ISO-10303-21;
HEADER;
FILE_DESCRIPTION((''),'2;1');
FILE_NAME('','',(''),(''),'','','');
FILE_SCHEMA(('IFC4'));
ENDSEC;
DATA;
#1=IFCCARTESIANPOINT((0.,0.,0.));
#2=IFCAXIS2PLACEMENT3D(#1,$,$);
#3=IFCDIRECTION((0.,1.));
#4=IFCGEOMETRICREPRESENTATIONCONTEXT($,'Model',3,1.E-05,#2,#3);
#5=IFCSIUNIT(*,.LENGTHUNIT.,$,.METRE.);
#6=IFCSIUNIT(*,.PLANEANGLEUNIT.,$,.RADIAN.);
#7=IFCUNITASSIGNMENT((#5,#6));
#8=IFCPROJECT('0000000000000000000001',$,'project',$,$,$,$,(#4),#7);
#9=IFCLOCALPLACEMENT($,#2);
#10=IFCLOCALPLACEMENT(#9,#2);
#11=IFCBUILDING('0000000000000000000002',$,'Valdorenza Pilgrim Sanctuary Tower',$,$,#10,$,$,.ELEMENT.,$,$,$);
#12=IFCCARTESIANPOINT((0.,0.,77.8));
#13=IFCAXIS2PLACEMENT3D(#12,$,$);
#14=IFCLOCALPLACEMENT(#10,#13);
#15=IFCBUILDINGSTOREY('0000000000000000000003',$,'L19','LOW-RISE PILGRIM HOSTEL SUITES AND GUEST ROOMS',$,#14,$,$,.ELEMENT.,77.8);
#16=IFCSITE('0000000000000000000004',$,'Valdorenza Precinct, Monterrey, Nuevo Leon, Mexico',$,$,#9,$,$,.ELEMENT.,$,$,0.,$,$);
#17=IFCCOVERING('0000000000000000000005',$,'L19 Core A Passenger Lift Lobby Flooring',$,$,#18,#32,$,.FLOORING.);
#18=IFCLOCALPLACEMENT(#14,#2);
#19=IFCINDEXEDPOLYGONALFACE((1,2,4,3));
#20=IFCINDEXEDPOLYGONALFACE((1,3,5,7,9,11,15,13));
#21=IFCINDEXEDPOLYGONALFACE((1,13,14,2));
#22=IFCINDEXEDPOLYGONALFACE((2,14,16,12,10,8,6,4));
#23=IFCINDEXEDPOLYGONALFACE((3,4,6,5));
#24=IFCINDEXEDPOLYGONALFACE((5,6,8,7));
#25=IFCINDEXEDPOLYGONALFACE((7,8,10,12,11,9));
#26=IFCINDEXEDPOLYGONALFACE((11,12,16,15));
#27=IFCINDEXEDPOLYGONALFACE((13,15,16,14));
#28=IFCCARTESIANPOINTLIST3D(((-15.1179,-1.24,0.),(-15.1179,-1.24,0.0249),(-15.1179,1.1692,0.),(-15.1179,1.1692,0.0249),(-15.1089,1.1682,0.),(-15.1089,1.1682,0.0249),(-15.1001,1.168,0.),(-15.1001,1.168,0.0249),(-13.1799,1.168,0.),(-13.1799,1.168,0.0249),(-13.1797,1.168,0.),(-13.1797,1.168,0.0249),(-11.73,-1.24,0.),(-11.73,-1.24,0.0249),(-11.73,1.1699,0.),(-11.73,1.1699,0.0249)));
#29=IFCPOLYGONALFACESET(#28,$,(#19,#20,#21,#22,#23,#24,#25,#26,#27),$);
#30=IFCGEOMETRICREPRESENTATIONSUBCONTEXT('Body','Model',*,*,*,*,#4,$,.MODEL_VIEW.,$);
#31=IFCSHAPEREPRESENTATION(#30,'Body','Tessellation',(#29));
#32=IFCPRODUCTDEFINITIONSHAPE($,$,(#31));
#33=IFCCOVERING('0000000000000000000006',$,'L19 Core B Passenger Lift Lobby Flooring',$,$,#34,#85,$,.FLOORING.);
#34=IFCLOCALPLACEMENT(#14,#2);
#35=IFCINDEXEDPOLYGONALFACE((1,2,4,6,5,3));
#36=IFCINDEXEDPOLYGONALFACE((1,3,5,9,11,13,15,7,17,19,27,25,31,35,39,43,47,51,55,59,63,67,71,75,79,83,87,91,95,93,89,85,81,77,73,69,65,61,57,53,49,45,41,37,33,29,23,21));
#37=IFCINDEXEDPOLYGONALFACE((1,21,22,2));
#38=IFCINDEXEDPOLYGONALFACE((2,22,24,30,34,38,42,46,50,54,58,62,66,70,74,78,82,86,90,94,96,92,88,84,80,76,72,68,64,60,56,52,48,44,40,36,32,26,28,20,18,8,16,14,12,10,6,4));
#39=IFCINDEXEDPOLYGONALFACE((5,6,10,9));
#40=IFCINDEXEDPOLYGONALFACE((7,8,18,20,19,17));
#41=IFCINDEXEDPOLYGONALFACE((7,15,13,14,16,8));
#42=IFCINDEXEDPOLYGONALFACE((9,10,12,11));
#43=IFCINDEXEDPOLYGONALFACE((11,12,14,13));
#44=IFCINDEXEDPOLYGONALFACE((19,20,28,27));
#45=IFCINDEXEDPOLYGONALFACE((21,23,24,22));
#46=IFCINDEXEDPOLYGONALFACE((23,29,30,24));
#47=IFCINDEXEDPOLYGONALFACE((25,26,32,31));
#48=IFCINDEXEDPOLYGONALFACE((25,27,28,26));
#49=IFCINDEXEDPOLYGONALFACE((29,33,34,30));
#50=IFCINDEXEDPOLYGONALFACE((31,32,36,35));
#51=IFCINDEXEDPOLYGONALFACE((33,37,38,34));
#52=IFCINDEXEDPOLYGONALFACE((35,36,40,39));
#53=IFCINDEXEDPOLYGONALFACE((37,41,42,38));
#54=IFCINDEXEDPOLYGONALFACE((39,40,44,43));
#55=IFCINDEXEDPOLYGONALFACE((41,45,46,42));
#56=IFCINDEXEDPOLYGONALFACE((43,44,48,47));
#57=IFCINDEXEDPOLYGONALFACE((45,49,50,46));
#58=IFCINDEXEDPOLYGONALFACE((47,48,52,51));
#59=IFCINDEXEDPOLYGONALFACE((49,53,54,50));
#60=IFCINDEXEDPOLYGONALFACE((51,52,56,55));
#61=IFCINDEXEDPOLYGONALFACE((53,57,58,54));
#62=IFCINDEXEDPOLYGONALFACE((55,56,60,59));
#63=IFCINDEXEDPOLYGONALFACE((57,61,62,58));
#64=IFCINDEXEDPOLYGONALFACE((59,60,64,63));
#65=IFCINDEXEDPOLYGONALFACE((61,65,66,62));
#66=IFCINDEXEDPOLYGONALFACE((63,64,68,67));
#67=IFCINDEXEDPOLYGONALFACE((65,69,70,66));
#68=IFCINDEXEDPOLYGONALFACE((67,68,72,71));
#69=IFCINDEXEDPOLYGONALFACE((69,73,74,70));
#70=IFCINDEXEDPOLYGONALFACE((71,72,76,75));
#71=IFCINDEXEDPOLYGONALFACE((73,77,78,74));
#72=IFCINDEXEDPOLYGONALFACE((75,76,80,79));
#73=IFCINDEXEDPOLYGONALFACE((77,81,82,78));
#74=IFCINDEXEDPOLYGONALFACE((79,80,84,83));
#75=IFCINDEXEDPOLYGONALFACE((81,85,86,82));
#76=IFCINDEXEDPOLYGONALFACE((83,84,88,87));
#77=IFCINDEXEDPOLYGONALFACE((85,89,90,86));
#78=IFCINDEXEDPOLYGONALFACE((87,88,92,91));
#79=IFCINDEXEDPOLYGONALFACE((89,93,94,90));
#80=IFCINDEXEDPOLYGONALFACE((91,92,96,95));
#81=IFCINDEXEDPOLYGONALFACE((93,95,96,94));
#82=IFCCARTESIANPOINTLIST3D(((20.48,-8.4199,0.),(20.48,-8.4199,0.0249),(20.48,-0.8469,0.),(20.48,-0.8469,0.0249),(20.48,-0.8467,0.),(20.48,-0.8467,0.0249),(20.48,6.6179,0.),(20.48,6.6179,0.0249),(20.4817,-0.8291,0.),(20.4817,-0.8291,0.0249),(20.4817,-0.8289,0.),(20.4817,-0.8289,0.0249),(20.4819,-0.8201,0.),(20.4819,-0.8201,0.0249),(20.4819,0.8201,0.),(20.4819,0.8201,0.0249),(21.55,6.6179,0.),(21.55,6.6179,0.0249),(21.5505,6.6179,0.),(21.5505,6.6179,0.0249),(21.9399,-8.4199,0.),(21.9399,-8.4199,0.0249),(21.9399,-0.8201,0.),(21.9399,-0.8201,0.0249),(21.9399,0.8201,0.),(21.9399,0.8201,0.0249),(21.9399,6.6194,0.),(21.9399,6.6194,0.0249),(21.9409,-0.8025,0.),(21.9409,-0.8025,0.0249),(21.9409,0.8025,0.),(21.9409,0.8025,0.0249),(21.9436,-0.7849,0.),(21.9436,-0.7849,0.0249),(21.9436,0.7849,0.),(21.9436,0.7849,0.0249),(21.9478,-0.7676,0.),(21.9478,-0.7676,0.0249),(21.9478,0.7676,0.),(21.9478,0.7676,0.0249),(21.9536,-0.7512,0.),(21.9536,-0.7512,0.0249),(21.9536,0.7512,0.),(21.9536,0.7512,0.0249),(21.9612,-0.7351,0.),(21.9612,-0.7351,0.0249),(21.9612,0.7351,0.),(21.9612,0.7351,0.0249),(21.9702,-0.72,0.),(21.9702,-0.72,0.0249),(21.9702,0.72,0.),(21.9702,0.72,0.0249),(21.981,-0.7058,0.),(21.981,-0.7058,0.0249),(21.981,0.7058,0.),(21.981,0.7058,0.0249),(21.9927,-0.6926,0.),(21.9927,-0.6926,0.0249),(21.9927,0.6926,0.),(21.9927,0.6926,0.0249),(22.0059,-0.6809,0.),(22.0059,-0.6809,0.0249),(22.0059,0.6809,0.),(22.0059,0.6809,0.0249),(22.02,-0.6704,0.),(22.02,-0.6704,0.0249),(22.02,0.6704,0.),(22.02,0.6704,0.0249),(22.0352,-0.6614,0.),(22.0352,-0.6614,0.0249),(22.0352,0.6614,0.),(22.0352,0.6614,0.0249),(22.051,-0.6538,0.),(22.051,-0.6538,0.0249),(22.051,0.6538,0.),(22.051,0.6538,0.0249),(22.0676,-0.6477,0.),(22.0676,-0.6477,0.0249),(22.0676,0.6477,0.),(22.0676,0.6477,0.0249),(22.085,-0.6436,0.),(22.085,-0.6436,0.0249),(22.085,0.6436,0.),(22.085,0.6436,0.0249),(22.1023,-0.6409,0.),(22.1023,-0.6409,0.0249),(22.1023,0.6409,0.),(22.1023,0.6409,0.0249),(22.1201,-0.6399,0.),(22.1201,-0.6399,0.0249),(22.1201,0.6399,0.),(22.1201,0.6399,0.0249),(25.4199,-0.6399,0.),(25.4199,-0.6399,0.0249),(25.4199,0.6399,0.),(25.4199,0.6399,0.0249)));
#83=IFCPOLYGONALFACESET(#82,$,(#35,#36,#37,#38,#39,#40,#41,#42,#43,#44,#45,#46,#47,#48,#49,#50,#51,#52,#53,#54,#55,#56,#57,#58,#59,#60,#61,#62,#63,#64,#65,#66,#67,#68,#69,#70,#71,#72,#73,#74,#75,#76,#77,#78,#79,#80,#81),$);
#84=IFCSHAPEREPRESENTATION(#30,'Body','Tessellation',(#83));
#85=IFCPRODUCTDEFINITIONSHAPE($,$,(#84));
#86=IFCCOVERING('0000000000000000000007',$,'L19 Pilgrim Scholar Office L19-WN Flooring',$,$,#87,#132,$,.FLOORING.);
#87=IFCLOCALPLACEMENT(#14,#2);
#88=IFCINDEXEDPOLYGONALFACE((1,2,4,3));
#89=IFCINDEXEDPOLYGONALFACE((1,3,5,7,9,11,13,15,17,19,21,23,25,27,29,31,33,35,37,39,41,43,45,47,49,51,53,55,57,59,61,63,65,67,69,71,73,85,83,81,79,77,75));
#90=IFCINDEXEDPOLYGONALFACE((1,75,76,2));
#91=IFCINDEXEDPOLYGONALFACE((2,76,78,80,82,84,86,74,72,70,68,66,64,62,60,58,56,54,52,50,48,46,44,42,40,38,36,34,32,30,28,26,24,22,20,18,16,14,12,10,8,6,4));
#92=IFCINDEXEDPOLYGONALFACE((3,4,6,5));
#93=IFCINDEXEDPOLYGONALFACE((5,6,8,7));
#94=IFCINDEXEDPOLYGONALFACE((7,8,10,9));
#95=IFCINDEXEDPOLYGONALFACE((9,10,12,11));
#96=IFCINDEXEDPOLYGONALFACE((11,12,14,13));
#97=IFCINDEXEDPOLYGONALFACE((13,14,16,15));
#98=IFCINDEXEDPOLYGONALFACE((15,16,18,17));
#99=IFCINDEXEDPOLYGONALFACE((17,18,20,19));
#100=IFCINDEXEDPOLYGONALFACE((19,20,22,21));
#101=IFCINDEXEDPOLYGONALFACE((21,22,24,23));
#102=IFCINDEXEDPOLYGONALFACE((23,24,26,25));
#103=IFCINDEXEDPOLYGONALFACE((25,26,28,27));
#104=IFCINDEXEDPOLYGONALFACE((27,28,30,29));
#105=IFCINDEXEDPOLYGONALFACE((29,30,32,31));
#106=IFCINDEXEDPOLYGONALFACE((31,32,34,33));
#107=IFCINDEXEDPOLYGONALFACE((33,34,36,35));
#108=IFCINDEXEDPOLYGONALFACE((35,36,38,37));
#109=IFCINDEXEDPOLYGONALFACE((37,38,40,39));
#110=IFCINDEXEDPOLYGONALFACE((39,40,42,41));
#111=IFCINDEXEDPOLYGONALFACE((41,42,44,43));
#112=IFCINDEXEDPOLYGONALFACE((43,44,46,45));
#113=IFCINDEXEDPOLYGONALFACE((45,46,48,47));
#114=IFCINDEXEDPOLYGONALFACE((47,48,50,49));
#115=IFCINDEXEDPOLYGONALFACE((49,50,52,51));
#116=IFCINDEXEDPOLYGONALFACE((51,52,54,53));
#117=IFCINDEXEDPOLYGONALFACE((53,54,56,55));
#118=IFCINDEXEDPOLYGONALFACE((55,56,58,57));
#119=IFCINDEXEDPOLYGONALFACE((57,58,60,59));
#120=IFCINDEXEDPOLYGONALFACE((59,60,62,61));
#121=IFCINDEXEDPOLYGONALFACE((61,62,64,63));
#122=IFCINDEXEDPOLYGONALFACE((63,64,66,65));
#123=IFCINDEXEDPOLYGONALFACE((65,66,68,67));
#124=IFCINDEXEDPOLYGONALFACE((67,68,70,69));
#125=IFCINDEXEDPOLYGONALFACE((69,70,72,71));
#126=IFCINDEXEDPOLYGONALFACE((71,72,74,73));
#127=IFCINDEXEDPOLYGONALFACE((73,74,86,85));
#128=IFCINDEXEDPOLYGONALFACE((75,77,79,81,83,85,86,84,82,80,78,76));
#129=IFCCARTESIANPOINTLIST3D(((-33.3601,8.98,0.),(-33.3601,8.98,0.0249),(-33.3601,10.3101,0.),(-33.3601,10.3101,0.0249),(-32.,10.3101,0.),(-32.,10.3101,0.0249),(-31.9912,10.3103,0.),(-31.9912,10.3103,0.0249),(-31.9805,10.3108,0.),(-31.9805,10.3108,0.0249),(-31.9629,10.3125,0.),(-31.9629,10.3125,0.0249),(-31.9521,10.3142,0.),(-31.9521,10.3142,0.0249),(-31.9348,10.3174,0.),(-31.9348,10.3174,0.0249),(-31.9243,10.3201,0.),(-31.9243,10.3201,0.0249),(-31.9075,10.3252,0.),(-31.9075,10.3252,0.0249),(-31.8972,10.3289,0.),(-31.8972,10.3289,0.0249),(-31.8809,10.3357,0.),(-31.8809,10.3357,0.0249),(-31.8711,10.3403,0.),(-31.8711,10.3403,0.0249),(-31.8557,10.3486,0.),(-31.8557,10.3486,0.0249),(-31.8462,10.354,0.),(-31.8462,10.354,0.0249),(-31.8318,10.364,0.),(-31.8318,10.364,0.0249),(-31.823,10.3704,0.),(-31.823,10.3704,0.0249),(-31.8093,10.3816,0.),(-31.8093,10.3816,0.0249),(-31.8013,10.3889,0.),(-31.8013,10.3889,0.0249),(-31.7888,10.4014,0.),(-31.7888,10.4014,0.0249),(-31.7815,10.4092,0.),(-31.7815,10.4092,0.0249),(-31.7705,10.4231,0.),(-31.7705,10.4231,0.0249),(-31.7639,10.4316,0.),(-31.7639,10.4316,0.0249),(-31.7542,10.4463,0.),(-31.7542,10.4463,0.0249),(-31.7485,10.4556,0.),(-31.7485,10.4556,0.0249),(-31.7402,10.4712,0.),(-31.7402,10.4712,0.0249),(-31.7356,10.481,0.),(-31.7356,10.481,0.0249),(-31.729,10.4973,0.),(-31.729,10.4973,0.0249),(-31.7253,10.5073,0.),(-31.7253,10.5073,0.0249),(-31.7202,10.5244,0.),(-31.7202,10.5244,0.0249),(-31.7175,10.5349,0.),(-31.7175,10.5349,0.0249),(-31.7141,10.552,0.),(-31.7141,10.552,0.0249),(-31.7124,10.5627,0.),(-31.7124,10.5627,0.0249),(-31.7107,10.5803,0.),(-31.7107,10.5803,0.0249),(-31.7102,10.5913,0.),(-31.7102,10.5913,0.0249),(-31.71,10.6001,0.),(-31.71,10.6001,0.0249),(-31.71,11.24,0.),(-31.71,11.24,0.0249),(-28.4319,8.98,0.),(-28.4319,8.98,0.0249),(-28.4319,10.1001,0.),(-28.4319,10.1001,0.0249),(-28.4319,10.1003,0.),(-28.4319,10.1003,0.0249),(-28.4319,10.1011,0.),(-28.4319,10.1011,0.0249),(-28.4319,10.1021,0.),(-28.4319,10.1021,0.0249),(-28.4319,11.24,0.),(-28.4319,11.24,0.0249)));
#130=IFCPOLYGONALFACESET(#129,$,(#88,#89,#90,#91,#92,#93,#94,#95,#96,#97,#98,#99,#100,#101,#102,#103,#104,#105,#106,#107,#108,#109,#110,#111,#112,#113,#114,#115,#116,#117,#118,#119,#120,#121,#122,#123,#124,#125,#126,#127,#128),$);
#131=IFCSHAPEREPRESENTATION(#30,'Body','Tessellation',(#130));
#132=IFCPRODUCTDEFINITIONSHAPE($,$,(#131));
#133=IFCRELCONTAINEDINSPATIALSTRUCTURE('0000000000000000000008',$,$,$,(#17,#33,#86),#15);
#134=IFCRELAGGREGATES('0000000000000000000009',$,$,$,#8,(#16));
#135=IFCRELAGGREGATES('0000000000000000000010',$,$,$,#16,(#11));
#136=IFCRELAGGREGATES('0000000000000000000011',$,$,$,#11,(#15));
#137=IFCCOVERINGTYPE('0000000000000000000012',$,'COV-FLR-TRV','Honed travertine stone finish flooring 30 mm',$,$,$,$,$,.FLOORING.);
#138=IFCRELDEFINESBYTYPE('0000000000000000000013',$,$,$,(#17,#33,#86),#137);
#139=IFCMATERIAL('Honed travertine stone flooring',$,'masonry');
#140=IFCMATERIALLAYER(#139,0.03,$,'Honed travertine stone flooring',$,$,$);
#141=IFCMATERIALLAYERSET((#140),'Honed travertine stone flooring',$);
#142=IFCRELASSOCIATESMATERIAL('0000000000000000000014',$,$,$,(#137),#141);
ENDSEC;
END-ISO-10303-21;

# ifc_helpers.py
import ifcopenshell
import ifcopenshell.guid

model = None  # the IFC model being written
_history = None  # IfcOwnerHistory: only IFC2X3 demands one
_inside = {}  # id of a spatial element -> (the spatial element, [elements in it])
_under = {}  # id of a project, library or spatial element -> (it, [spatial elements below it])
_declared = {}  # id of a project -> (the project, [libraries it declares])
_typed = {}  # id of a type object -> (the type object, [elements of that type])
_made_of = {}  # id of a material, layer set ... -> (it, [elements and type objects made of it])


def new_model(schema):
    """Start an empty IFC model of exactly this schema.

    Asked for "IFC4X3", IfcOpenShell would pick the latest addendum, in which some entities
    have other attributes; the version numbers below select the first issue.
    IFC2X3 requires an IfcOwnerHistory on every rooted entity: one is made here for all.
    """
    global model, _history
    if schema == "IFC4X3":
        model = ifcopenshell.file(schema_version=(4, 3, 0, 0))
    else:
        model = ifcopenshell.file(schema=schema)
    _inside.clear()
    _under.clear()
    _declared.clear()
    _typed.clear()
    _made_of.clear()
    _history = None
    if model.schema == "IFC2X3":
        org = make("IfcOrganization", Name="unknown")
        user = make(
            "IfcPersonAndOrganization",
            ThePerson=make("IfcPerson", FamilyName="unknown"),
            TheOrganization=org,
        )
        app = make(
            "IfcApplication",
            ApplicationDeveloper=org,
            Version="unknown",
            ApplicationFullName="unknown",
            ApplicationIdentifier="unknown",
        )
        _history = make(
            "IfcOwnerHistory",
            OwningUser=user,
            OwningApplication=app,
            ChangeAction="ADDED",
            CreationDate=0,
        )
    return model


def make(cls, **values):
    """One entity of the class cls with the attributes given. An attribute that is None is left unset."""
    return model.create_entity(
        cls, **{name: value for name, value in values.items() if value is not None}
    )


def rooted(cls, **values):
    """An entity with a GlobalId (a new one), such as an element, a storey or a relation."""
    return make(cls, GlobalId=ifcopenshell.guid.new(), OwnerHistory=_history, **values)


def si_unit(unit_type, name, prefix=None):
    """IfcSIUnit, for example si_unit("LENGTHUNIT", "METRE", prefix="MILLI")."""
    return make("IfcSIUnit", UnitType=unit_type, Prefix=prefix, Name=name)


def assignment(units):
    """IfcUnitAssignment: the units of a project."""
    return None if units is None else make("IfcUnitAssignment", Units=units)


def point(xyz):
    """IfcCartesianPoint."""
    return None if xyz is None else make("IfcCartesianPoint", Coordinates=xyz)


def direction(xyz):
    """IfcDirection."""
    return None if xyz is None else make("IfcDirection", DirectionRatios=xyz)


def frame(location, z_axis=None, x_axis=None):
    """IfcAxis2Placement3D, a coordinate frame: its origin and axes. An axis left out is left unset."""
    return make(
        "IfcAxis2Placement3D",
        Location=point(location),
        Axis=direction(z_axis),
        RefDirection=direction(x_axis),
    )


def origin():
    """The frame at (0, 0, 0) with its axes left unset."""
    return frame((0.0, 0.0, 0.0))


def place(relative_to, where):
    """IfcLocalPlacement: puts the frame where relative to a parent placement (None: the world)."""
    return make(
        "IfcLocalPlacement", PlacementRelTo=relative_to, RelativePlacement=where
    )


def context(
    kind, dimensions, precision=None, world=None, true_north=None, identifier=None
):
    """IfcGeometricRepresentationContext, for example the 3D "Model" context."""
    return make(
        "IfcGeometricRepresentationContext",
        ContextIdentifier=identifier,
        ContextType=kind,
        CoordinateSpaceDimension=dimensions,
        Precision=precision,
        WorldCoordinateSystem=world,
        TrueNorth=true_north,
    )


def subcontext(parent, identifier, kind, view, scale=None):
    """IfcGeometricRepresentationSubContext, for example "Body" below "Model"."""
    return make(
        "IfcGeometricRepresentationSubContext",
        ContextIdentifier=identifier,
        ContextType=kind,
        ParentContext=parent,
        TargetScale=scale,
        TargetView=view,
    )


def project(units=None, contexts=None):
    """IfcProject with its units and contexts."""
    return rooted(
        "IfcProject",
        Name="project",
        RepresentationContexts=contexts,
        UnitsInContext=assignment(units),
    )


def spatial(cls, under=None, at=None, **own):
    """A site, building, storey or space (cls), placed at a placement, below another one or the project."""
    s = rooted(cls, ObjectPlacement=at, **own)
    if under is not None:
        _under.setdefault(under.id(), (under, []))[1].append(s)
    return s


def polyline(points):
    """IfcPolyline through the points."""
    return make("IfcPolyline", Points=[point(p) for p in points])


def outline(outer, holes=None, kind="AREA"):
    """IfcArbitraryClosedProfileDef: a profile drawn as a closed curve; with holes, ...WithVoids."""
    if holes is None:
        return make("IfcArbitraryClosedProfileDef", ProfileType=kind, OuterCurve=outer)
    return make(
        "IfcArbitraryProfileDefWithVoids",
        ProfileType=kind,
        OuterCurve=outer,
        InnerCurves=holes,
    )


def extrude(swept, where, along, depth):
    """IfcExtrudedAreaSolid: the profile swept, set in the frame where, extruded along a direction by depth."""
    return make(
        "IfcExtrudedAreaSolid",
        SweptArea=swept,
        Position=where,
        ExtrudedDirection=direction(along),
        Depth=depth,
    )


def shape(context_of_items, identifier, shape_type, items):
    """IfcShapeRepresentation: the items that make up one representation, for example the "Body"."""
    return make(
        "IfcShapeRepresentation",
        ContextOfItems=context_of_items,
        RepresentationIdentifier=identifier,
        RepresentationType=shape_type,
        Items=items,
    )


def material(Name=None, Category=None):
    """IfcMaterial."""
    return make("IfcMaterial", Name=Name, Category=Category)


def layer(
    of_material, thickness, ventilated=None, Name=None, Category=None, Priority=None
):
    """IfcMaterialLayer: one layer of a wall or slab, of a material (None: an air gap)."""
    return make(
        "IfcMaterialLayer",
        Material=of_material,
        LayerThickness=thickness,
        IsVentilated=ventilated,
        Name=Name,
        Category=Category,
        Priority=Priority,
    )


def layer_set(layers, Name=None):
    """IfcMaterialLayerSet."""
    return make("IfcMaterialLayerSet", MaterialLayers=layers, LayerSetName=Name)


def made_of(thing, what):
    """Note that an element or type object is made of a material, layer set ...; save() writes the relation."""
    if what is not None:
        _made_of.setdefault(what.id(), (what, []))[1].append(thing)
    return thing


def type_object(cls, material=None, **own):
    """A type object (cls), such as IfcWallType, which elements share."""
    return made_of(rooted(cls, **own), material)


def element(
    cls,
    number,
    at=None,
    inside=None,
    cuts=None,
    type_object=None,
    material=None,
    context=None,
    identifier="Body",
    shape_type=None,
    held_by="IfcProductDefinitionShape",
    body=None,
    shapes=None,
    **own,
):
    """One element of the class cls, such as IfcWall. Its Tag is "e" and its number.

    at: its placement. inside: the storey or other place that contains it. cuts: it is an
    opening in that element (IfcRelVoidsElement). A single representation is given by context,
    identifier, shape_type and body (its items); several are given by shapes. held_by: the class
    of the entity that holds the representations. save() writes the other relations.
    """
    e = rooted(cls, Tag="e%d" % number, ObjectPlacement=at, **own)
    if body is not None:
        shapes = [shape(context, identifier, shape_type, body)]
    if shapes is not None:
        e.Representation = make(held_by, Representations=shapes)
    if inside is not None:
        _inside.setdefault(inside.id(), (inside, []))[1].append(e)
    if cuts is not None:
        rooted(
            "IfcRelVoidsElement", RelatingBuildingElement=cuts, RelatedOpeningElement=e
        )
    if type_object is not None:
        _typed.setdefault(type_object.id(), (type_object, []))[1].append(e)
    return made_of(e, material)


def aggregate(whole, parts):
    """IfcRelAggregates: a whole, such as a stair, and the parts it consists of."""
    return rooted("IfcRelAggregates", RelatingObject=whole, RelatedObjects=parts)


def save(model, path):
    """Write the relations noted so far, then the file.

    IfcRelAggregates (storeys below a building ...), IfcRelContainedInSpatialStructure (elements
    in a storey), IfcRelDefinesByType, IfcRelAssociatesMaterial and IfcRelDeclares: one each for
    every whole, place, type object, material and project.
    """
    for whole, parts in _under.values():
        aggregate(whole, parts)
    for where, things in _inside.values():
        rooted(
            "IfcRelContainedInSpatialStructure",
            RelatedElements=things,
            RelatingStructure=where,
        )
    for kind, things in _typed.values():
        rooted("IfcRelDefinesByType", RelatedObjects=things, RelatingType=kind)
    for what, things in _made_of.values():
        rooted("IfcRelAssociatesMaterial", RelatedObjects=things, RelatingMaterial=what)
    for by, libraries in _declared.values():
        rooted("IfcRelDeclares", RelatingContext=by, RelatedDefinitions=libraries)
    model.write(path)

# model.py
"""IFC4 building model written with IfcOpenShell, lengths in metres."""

from ifc_helpers import new_model, si_unit, direction, frame, origin, place, context, subcontext, project, spatial, polyline, outline, extrude, material, layer, layer_set, type_object, element, save


model = new_model("IFC4")

# Units and contexts
model_context = context("Model", 3, precision=1e-05, world=origin(), true_north=direction((0.0, 1.0)))
body_context = subcontext(model_context, "Body", "Model", "MODEL_VIEW")
ifc_project = project(units=[si_unit("LENGTHUNIT", "METRE"), si_unit("PLANEANGLEUNIT", "RADIAN")], contexts=[model_context])

# Site, building, storey
site_placement = place(None, origin())
site = spatial("IfcSite", under=ifc_project, at=site_placement, Name="Valdorenza Precinct, Monterrey, Nuevo Leon, Mexico", CompositionType="ELEMENT", RefElevation=0.0)
building_placement = place(site_placement, origin())
building = spatial("IfcBuilding", under=site, at=building_placement, Name="Valdorenza Pilgrim Sanctuary Tower", CompositionType="ELEMENT")
storey_placement = place(building_placement, frame((0.0, 0.0, 77.8)))
storey = spatial("IfcBuildingStorey", under=building, at=storey_placement, Name="L19", Description="LOW-RISE PILGRIM HOSTEL SUITES AND GUEST ROOMS", CompositionType="ELEMENT", Elevation=77.8)

# Coverings
ifc_material_1 = material(Name="Honed travertine stone flooring", Category="masonry")
ifc_layer_1 = layer(ifc_material_1, 0.03, Name="Honed travertine stone flooring")
ifc_layer_set_1 = layer_set([ifc_layer_1], Name="Honed travertine stone flooring")
covering_type_1 = type_object("IfcCoveringType", Name="COV-FLR-TRV", Description="Honed travertine stone finish flooring 30 mm", PredefinedType="FLOORING", material=ifc_layer_set_1)
covering_1_placement = place(storey_placement, origin())
element("IfcCovering", 1, at=covering_1_placement, inside=storey, type_object=covering_type_1, Name="L19 Core A Passenger Lift Lobby Flooring", PredefinedType="FLOORING", context=body_context, shape_type="SweptSolid", body=[
    extrude(outline(polyline([(-15.1179, 1.1692), (-15.1089, 1.1682), (-15.1089, 1.1682), (-15.1001, 1.168), (-13.1799, 1.168), (-13.1797, 1.168), (-11.73, 1.1699), (-11.73, -1.24), (-15.1179, -1.24), (-15.1179, 1.1692)])), origin(), (0.0, 0.0, 1.0), 0.0249),
])
covering_2_placement = place(storey_placement, origin())
element("IfcCovering", 2, at=covering_2_placement, inside=storey, type_object=covering_type_1, Name="L19 Core B Passenger Lift Lobby Flooring", PredefinedType="FLOORING", context=body_context, shape_type="SweptSolid", body=[
    extrude(outline(polyline([(20.48, 6.6179), (21.55, 6.6179), (21.5505, 6.6179), (21.9399, 6.6194), (21.9399, 0.8201), (21.9409, 0.8025), (21.9436, 0.7849), (21.9478, 0.7676), (21.9536, 0.7512), (21.9612, 0.7351), (21.9702, 0.72), (21.981, 0.7058), (21.9927, 0.6926), (22.0059, 0.6809), (22.02, 0.6704), (22.0352, 0.6614), (22.051, 0.6538), (22.0676, 0.6477), (22.085, 0.6436), (22.1023, 0.6409), (22.1201, 0.6399), (25.4199, 0.6399), (25.4199, -0.6399), (22.1201, -0.6399), (22.1023, -0.6409), (22.085, -0.6436), (22.0676, -0.6477), (22.051, -0.6538), (22.0352, -0.6614), (22.02, -0.6704), (22.0059, -0.6809), (21.9927, -0.6926), (21.981, -0.7058), (21.9702, -0.72), (21.9612, -0.7351), (21.9536, -0.7512), (21.9478, -0.7676), (21.9436, -0.7849), (21.9409, -0.8025), (21.9399, -0.8201), (21.9399, -8.4199), (20.48, -8.4199), (20.48, -0.8469), (20.48, -0.8467), (20.48, -0.8467), (20.4817, -0.8291), (20.4817, -0.8289), (20.4819, -0.8201), (20.4819, 0.8201), (20.48, 6.6179)])), origin(), (0.0, 0.0, 1.0), 0.0249),
])
covering_3_placement = place(storey_placement, origin())
element("IfcCovering", 3, at=covering_3_placement, inside=storey, type_object=covering_type_1, Name="L19 Pilgrim Scholar Office L19-WN Flooring", PredefinedType="FLOORING", context=body_context, shape_type="SweptSolid", body=[
    extrude(outline(polyline([(-28.4319, 11.24), (-28.4319, 10.1021), (-28.4319, 10.1011), (-28.4319, 10.1003), (-28.4319, 10.1001), (-28.4319, 8.98), (-33.3601, 8.98), (-33.3601, 10.3101), (-32.0, 10.3101), (-31.9912, 10.3103), (-31.9805, 10.3108), (-31.9629, 10.3125), (-31.9521, 10.3142), (-31.9348, 10.3174), (-31.9243, 10.3201), (-31.9075, 10.3252), (-31.8972, 10.3289), (-31.8809, 10.3357), (-31.8711, 10.3403), (-31.8557, 10.3486), (-31.8462, 10.354), (-31.8318, 10.364), (-31.823, 10.3704), (-31.8093, 10.3816), (-31.8013, 10.3889), (-31.7888, 10.4014), (-31.7815, 10.4092), (-31.7705, 10.4231), (-31.7639, 10.4316), (-31.7542, 10.4463), (-31.7485, 10.4556), (-31.7402, 10.4712), (-31.7356, 10.481), (-31.729, 10.4973), (-31.7253, 10.5073), (-31.7202, 10.5244), (-31.7175, 10.5349), (-31.7141, 10.552), (-31.7124, 10.5627), (-31.7107, 10.5803), (-31.7102, 10.5913), (-31.71, 10.6001), (-31.71, 11.24), (-28.4319, 11.24)])), origin(), (0.0, 0.0, 1.0), 0.0249),
])

save(model, "model.ifc")
